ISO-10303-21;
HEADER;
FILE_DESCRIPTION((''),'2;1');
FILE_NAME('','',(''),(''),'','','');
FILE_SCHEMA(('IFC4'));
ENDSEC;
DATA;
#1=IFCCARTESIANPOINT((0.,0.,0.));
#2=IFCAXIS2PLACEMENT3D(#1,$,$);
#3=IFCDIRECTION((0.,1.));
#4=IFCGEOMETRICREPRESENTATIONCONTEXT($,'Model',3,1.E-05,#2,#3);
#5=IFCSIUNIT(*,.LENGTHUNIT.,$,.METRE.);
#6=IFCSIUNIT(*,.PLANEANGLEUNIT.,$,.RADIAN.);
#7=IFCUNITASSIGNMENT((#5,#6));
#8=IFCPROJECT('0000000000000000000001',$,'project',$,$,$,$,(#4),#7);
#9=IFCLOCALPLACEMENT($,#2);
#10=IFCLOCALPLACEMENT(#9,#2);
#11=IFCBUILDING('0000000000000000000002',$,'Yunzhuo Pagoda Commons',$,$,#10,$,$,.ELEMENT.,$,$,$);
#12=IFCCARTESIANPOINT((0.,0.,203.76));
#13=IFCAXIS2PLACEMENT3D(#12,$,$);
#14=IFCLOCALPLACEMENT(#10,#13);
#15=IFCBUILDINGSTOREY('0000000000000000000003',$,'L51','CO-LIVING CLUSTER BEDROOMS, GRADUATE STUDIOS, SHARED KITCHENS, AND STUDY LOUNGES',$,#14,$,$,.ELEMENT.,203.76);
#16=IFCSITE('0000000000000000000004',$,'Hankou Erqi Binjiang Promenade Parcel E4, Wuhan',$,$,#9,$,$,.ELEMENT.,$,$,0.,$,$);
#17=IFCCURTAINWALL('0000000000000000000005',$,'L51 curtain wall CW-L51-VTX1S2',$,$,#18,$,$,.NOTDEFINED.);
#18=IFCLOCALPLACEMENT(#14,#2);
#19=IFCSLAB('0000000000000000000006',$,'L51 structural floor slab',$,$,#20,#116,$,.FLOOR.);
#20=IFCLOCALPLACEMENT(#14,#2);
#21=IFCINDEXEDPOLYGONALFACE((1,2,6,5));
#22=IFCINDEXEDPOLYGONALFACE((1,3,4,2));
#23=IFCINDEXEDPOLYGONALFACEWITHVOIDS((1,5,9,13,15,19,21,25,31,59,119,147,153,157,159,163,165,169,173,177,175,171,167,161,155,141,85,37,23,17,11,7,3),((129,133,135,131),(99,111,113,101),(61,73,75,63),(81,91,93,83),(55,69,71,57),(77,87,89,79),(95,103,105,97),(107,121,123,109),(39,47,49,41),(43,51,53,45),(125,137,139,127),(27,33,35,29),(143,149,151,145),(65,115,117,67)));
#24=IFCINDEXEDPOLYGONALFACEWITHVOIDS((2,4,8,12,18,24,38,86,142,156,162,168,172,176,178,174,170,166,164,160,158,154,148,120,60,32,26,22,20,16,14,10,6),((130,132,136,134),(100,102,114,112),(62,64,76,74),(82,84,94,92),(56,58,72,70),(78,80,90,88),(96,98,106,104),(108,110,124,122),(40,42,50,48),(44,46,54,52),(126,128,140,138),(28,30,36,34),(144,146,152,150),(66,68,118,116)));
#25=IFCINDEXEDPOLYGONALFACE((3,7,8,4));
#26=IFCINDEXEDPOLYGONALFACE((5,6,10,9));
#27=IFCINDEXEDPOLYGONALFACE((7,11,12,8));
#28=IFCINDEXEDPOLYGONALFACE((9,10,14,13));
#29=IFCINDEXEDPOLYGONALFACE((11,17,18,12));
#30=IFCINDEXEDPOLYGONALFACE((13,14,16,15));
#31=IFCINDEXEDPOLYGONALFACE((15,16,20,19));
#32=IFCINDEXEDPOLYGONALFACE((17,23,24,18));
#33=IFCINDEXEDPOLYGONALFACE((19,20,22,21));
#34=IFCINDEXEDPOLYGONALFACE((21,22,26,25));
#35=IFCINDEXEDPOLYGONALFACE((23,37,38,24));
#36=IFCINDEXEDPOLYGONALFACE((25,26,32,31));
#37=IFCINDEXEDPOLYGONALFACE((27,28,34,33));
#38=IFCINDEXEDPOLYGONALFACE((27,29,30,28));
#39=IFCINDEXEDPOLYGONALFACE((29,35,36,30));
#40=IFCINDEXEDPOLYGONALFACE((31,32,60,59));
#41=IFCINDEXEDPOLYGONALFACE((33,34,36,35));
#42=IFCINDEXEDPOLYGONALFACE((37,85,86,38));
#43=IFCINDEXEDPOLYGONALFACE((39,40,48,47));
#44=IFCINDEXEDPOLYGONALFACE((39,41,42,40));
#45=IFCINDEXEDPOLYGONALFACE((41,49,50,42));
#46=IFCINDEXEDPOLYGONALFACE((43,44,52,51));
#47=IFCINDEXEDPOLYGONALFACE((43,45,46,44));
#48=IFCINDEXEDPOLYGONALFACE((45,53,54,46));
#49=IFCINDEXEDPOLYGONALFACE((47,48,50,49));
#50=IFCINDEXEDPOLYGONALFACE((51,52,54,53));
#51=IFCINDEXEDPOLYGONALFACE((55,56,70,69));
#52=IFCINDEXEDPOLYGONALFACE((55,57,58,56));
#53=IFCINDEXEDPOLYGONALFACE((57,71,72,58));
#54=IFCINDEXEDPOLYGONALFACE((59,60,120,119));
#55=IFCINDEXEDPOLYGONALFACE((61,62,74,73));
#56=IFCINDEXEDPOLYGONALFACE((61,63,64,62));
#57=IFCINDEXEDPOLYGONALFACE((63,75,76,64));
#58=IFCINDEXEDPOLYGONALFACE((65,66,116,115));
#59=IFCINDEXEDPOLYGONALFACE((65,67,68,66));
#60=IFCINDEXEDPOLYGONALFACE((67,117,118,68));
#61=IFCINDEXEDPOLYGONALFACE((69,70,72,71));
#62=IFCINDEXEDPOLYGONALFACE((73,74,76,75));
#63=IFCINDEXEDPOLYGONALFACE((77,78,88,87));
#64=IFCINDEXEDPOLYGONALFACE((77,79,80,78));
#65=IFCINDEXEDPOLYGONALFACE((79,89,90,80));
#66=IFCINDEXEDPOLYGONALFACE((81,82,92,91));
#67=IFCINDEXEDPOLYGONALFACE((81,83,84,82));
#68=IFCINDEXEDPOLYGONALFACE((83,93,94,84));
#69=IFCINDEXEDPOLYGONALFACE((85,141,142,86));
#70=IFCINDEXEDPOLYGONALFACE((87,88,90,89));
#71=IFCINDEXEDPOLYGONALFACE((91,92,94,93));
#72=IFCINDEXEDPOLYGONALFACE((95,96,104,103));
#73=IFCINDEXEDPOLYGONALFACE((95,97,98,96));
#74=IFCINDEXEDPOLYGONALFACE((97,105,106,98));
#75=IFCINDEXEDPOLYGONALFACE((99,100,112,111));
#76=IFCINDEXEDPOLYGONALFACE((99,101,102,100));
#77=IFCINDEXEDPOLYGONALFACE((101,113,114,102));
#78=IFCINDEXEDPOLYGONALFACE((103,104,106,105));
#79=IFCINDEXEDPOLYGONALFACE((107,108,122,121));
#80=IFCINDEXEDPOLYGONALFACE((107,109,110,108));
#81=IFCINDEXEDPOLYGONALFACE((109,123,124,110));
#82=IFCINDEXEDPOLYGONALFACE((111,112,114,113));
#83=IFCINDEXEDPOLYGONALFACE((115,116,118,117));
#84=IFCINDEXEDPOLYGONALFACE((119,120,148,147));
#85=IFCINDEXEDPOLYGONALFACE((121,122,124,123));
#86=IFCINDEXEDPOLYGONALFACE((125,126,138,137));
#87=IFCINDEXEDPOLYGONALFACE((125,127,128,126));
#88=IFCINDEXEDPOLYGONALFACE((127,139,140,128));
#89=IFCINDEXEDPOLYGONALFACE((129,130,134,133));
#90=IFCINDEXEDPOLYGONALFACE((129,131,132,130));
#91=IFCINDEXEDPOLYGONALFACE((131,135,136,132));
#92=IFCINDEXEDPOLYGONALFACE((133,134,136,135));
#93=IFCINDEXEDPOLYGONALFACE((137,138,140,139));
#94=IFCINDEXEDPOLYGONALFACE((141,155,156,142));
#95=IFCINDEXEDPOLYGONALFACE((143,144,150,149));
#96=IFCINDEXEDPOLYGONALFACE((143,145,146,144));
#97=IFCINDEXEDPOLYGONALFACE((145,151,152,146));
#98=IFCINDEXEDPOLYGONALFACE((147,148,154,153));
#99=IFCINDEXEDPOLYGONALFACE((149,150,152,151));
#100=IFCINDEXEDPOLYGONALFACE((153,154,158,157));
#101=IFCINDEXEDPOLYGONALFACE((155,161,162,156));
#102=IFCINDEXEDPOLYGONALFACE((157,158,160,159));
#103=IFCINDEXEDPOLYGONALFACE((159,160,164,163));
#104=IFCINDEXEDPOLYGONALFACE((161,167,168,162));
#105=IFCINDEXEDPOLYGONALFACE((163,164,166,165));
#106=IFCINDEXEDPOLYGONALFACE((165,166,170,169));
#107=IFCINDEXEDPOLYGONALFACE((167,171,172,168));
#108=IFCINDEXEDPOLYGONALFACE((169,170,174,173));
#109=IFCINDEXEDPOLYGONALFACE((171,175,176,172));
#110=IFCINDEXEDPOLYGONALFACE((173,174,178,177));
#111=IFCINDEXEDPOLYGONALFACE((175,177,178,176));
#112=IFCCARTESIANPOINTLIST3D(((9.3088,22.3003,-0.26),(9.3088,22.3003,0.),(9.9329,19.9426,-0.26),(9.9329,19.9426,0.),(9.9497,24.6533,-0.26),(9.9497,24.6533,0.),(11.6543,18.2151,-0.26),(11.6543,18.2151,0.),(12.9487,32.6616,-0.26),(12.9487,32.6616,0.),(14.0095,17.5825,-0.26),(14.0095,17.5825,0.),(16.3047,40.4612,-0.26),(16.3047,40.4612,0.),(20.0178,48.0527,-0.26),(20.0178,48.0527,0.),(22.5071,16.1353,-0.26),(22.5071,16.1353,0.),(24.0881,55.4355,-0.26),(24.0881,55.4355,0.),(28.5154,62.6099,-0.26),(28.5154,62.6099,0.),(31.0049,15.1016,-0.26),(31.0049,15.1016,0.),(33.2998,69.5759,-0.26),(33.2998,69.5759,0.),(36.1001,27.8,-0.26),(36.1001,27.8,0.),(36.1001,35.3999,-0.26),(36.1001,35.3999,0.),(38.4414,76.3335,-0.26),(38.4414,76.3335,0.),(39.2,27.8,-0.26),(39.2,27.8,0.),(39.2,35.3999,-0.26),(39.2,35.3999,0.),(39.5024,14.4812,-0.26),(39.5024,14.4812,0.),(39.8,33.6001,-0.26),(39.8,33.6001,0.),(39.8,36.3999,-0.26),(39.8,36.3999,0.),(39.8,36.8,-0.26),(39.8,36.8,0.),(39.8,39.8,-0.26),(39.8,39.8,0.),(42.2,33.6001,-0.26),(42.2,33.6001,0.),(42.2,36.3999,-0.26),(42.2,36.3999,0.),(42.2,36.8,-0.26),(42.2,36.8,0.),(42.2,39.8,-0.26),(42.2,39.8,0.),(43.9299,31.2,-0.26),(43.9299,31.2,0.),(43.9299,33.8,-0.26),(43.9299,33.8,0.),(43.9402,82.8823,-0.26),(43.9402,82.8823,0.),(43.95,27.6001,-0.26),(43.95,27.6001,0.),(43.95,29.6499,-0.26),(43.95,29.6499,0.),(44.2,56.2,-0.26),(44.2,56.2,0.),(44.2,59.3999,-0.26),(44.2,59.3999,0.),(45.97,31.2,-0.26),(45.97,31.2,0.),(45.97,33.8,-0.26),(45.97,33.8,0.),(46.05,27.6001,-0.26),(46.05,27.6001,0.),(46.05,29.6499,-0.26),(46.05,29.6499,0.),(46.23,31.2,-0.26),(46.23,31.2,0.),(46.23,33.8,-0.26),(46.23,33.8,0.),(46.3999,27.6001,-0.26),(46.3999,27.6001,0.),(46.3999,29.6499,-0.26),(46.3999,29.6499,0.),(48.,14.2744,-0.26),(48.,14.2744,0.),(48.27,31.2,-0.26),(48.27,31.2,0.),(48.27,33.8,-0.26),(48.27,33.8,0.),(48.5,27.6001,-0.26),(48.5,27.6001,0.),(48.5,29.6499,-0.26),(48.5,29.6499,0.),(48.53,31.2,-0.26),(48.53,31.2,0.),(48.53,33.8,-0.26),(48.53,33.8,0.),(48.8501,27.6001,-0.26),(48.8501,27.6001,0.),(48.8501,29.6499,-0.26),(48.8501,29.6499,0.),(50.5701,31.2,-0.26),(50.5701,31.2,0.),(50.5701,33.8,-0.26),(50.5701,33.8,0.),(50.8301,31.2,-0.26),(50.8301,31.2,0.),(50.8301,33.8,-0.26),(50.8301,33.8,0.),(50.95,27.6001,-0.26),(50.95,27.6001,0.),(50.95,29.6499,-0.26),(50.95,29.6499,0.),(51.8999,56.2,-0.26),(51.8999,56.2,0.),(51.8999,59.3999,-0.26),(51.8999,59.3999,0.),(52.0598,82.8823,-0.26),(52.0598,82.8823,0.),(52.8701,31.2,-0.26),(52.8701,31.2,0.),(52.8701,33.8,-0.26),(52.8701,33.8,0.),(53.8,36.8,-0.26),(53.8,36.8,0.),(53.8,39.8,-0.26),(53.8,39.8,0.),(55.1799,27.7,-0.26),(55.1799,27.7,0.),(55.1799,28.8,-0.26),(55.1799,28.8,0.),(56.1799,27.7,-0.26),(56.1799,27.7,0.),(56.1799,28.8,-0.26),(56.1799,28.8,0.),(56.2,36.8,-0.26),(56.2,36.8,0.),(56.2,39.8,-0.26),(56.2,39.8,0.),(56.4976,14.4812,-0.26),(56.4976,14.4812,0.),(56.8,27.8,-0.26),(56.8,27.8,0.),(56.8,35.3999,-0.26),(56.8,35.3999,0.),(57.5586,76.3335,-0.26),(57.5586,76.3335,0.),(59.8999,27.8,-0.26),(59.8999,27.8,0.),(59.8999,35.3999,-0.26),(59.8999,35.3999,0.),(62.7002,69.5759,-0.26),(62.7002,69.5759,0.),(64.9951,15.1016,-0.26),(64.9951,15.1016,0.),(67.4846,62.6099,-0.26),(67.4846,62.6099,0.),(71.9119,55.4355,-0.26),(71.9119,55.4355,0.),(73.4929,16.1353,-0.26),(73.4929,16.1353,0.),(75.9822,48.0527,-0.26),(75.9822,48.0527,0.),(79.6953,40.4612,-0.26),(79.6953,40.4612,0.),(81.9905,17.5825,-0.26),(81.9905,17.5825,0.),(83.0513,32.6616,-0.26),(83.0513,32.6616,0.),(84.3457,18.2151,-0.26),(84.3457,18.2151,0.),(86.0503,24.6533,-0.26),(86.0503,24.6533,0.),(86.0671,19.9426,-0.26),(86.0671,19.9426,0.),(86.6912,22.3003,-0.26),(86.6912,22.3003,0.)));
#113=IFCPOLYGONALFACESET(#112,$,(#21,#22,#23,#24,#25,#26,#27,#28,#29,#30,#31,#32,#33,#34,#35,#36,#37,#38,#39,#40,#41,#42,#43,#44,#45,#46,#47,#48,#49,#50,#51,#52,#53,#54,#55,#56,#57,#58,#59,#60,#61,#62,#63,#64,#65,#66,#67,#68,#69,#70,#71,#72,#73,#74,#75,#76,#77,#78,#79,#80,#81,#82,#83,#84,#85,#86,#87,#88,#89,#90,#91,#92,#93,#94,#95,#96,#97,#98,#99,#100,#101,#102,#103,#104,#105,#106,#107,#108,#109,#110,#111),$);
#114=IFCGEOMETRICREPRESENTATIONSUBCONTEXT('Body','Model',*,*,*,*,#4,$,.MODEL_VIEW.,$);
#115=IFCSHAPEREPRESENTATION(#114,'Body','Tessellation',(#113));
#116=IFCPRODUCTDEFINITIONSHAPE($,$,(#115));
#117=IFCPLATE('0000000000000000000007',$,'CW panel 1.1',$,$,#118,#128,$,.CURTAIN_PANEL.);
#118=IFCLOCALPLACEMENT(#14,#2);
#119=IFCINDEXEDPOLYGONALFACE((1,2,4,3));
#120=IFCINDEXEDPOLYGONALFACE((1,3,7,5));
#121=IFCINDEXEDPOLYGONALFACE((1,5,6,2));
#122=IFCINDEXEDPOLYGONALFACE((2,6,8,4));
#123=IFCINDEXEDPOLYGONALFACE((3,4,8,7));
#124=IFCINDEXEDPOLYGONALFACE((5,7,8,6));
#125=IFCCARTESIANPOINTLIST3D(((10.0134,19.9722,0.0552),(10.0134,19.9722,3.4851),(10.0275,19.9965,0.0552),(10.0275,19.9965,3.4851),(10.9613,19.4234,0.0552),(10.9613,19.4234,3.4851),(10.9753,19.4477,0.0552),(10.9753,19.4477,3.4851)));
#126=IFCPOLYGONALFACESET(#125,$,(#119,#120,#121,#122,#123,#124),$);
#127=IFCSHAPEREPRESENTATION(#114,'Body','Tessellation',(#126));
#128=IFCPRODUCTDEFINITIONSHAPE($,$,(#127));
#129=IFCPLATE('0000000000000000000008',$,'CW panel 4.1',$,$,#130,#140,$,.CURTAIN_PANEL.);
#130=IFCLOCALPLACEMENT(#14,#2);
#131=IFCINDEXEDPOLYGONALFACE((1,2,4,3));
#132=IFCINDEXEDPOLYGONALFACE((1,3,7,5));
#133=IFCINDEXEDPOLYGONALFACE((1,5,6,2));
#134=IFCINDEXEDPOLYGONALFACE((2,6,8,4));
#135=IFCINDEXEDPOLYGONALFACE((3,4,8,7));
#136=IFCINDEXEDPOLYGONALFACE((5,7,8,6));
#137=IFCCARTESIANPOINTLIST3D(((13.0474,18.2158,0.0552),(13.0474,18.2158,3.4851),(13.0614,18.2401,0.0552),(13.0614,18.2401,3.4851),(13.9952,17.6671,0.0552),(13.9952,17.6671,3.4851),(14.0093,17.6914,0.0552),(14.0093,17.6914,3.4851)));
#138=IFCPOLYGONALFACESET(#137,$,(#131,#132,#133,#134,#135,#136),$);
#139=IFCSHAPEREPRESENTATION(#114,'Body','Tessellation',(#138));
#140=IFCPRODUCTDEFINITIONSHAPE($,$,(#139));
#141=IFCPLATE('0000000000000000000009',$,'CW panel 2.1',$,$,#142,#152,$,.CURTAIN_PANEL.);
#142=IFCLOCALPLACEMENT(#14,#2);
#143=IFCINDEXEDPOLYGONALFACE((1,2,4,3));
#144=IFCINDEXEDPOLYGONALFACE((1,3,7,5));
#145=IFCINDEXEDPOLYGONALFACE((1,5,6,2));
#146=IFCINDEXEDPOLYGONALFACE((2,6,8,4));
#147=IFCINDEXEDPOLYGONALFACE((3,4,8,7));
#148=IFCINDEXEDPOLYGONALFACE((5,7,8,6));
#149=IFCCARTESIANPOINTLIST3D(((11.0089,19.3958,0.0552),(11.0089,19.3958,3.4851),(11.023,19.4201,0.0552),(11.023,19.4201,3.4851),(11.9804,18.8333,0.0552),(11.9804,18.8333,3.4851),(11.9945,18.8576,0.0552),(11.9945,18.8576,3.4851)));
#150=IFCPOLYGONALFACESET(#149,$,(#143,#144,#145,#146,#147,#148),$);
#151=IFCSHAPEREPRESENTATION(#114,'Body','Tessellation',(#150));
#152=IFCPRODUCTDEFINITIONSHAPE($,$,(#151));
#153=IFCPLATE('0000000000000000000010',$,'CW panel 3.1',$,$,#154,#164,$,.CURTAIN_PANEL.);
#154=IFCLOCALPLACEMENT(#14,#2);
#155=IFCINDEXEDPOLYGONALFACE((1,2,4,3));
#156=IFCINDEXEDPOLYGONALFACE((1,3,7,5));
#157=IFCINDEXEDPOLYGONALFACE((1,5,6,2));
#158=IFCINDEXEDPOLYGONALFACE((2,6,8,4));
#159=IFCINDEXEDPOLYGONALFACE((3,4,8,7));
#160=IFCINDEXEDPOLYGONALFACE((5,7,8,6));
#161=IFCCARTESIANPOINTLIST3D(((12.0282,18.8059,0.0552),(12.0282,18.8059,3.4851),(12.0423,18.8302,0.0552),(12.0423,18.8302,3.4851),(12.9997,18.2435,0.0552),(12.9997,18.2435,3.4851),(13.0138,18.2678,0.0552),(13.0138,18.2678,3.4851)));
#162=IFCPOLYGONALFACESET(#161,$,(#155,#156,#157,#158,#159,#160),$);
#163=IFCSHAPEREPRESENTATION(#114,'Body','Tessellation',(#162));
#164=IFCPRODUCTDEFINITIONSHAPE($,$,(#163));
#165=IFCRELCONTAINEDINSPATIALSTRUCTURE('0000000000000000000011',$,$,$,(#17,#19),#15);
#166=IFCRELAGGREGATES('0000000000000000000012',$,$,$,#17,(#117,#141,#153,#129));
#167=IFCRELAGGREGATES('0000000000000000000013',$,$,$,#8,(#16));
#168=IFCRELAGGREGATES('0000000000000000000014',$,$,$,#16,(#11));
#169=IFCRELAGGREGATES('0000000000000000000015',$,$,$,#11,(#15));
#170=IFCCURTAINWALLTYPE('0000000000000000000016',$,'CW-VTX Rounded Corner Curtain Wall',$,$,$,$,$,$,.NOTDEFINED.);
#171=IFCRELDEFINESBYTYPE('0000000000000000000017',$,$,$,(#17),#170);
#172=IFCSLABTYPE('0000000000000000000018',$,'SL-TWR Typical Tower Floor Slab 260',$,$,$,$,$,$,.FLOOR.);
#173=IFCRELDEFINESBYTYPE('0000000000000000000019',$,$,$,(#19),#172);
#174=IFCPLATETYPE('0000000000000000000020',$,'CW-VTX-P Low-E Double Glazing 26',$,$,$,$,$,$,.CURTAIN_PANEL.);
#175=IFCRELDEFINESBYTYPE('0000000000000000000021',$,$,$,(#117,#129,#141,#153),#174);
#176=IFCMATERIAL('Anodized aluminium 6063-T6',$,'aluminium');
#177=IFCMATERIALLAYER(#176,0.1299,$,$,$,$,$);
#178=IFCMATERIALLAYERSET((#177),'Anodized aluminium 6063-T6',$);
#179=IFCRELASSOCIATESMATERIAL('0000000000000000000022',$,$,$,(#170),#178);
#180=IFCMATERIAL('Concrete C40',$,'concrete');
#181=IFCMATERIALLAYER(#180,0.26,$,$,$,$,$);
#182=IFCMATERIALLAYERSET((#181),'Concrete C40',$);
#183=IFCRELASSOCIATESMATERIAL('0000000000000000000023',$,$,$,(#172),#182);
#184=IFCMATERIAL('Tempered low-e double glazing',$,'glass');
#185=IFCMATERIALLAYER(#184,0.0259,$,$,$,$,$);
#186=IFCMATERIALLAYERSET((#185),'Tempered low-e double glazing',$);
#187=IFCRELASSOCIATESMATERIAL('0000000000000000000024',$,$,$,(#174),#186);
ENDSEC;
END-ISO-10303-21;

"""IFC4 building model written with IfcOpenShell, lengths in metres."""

from ifc_helpers import new_model, si_unit, direction, frame, origin, origin_2d, place, context, subcontext, project, spatial, polyline, rectangle, outline, extrude, source, transform, mapped, material, layer, layer_set, type_object, element, aggregate, save


model = new_model("IFC4")

# Units and contexts
model_context = context("Model", 3, precision=1e-05, world=origin(), true_north=direction((0.0, 1.0)))
body_context = subcontext(model_context, "Body", "Model", "MODEL_VIEW")
ifc_project = project(units=[si_unit("LENGTHUNIT", "METRE"), si_unit("PLANEANGLEUNIT", "RADIAN")], contexts=[model_context])

# Site, building, storey
site_placement = place(None, origin())
site = spatial("IfcSite", under=ifc_project, at=site_placement, Name="Hankou Erqi Binjiang Promenade Parcel E4, Wuhan", CompositionType="ELEMENT", RefElevation=0.0)
building_placement = place(site_placement, origin())
building = spatial("IfcBuilding", under=site, at=building_placement, Name="Yunzhuo Pagoda Commons", CompositionType="ELEMENT")
storey_placement = place(building_placement, frame((0.0, 0.0, 203.76)))
storey = spatial("IfcBuildingStorey", under=building, at=storey_placement, Name="L51", Description="CO-LIVING CLUSTER BEDROOMS, GRADUATE STUDIOS, SHARED KITCHENS, AND STUDY LOUNGES", CompositionType="ELEMENT", Elevation=203.76)

# Curtain wall
ifc_material_1 = material(Name="Anodized aluminium 6063-T6", Category="aluminium")
ifc_layer_1 = layer(ifc_material_1, 0.1299)
ifc_layer_set_1 = layer_set([ifc_layer_1], Name="Anodized aluminium 6063-T6")
curtain_wall_type_1 = type_object("IfcCurtainWallType", Name="CW-VTX Rounded Corner Curtain Wall", PredefinedType="NOTDEFINED", material=ifc_layer_set_1)
curtain_wall_1_placement = place(storey_placement, origin())
curtain_wall_1 = element("IfcCurtainWall", 1, at=curtain_wall_1_placement, inside=storey, type_object=curtain_wall_type_1, Name="L51 curtain wall CW-L51-VTX1S2", PredefinedType="NOTDEFINED")

# Shared definitions
ifc_material_2 = material(Name="Concrete C40", Category="concrete")

# Slab
ifc_layer_2 = layer(ifc_material_2, 0.26)
ifc_layer_set_2 = layer_set([ifc_layer_2], Name="Concrete C40")
slab_type_1 = type_object("IfcSlabType", Name="SL-TWR Typical Tower Floor Slab 260", PredefinedType="FLOOR", material=ifc_layer_set_2)
slab_1_placement = place(storey_placement, frame((0.0, 0.0, -0.26)))
element("IfcSlab", 2, at=slab_1_placement, inside=storey, type_object=slab_type_1, Name="L51 structural floor slab", PredefinedType="FLOOR", context=body_context, shape_type="SweptSolid", body=[
    extrude(outline(polyline([(12.9487, 32.6616), (16.3047, 40.4612), (20.0178, 48.0527), (24.0881, 55.4355), (28.5154, 62.6099), (33.2998, 69.5759), (38.4414, 76.3335), (43.9402, 82.8823), (52.0598, 82.8823), (57.5586, 76.3335), (62.7002, 69.5759), (67.4846, 62.6099), (71.9119, 55.4355), (75.9822, 48.0527), (79.6953, 40.4612), (83.0513, 32.6616), (86.0503, 24.6533), (86.6912, 22.3003), (86.0671, 19.9426), (84.3457, 18.2151), (81.9905, 17.5825), (73.4929, 16.1353), (64.9951, 15.1016), (56.4976, 14.4812), (48.0, 14.2744), (39.5024, 14.4812), (31.0049, 15.1016), (22.5071, 16.1353), (14.0095, 17.5825), (11.6543, 18.2151), (9.9329, 19.9426), (9.3088, 22.3003), (9.9497, 24.6533), (12.9487, 32.6616)]), holes=[polyline([(46.05, 29.6499), (43.95, 29.6499), (43.95, 27.6001), (46.05, 27.6001), (46.05, 29.6499)]), polyline([(48.5, 27.6001), (48.5, 29.6499), (46.3999, 29.6499), (46.3999, 27.6001), (48.5, 27.6001)]), polyline([(36.1001, 27.8), (39.2, 27.8), (39.2, 35.3999), (36.1001, 35.3999), (36.1001, 27.8)]), polyline([(45.97, 31.2), (45.97, 33.8), (43.9299, 33.8), (43.9299, 31.2), (45.97, 31.2)]), polyline([(48.27, 31.2), (48.27, 33.8), (46.23, 33.8), (46.23, 31.2), (48.27, 31.2)]), polyline([(42.2, 33.6001), (42.2, 36.3999), (39.8, 36.3999), (39.8, 33.6001), (42.2, 33.6001)]), polyline([(42.2, 36.8), (42.2, 39.8), (39.8, 39.8), (39.8, 36.8), (42.2, 36.8)]), polyline([(56.1799, 28.8), (55.1799, 28.8), (55.1799, 27.7), (56.1799, 27.7), (56.1799, 28.8)]), polyline([(50.95, 27.6001), (50.95, 29.6499), (48.8501, 29.6499), (48.8501, 27.6001), (50.95, 27.6001)]), polyline([(56.8, 27.8), (59.8999, 27.8), (59.8999, 35.3999), (56.8, 35.3999), (56.8, 27.8)]), polyline([(50.5701, 31.2), (50.5701, 33.8), (48.53, 33.8), (48.53, 31.2), (50.5701, 31.2)]), polyline([(52.8701, 31.2), (52.8701, 33.8), (50.8301, 33.8), (50.8301, 31.2), (52.8701, 31.2)]), polyline([(56.2, 36.8), (56.2, 39.8), (53.8, 39.8), (53.8, 36.8), (56.2, 36.8)]), polyline([(51.8999, 56.2), (51.8999, 59.3999), (44.2, 59.3999), (44.2, 56.2), (51.8999, 56.2)])]), origin(), (0.0, 0.0, 1.0), 0.26),
])

# Plates
ifc_material_3 = material(Name="Tempered low-e double glazing", Category="glass")
ifc_layer_3 = layer(ifc_material_3, 0.0259)
ifc_layer_set_3 = layer_set([ifc_layer_3], Name="Tempered low-e double glazing")
plate_type = type_object("IfcPlateType", Name="CW-VTX-P Low-E Double Glazing 26", PredefinedType="CURTAIN_PANEL", material=ifc_layer_set_3)
shared_shape_1 = source(origin(), body_context, "Body", "SweptSolid", [
    extrude(rectangle(XDim=1.0952, YDim=0.0281, at=origin_2d()), origin(), (0.0, 0.0, 1.0), 3.4299),
])
plate_1_placement = place(storey_placement, frame((10.4944, 19.71, 0.0552), z_axis=(0.0, 0.0, 1.0), x_axis=(0.865426, -0.501037, 0.0)))
plate_1 = element("IfcPlate", 3, at=plate_1_placement, type_object=plate_type, Name="CW panel 1.1", PredefinedType="CURTAIN_PANEL", context=body_context, shape_type="MappedRepresentation", body=[
    mapped(shared_shape_1, transform((0.0, 0.0, 0.0), scale=1.0)),
])
plate_2_placement = place(storey_placement, frame((13.5283, 17.9536, 0.0552), z_axis=(0.0, 0.0, 1.0), x_axis=(0.865426, -0.501037, 0.0)))
plate_2 = element("IfcPlate", 4, at=plate_2_placement, type_object=plate_type, Name="CW panel 4.1", PredefinedType="CURTAIN_PANEL", context=body_context, shape_type="MappedRepresentation", body=[
    mapped(shared_shape_1, transform((0.0, 0.0, 0.0), scale=1.0)),
])
shared_shape_2 = source(origin(), body_context, "Body", "SweptSolid", [
    extrude(rectangle(XDim=1.1226, YDim=0.0281, at=origin_2d()), origin(), (0.0, 0.0, 1.0), 3.4299),
])
plate_3_placement = place(storey_placement, frame((11.5017, 19.1267, 0.0552), z_axis=(0.0, 0.0, 1.0), x_axis=(0.865426, -0.501037, 0.0)))
plate_3 = element("IfcPlate", 5, at=plate_3_placement, type_object=plate_type, Name="CW panel 2.1", PredefinedType="CURTAIN_PANEL", context=body_context, shape_type="MappedRepresentation", body=[
    mapped(shared_shape_2, transform((0.0, 0.0, 0.0), scale=1.0)),
])
plate_4_placement = place(storey_placement, frame((12.521, 18.5369, 0.0552), z_axis=(0.0, 0.0, 1.0), x_axis=(0.865426, -0.501037, 0.0)))
plate_4 = element("IfcPlate", 6, at=plate_4_placement, type_object=plate_type, Name="CW panel 3.1", PredefinedType="CURTAIN_PANEL", context=body_context, shape_type="MappedRepresentation", body=[
    mapped(shared_shape_2, transform((0.0, 0.0, 0.0), scale=1.0)),
])
aggregate(curtain_wall_1, [plate_1, plate_3, plate_4, plate_2])

save(model, "model.ifc")
